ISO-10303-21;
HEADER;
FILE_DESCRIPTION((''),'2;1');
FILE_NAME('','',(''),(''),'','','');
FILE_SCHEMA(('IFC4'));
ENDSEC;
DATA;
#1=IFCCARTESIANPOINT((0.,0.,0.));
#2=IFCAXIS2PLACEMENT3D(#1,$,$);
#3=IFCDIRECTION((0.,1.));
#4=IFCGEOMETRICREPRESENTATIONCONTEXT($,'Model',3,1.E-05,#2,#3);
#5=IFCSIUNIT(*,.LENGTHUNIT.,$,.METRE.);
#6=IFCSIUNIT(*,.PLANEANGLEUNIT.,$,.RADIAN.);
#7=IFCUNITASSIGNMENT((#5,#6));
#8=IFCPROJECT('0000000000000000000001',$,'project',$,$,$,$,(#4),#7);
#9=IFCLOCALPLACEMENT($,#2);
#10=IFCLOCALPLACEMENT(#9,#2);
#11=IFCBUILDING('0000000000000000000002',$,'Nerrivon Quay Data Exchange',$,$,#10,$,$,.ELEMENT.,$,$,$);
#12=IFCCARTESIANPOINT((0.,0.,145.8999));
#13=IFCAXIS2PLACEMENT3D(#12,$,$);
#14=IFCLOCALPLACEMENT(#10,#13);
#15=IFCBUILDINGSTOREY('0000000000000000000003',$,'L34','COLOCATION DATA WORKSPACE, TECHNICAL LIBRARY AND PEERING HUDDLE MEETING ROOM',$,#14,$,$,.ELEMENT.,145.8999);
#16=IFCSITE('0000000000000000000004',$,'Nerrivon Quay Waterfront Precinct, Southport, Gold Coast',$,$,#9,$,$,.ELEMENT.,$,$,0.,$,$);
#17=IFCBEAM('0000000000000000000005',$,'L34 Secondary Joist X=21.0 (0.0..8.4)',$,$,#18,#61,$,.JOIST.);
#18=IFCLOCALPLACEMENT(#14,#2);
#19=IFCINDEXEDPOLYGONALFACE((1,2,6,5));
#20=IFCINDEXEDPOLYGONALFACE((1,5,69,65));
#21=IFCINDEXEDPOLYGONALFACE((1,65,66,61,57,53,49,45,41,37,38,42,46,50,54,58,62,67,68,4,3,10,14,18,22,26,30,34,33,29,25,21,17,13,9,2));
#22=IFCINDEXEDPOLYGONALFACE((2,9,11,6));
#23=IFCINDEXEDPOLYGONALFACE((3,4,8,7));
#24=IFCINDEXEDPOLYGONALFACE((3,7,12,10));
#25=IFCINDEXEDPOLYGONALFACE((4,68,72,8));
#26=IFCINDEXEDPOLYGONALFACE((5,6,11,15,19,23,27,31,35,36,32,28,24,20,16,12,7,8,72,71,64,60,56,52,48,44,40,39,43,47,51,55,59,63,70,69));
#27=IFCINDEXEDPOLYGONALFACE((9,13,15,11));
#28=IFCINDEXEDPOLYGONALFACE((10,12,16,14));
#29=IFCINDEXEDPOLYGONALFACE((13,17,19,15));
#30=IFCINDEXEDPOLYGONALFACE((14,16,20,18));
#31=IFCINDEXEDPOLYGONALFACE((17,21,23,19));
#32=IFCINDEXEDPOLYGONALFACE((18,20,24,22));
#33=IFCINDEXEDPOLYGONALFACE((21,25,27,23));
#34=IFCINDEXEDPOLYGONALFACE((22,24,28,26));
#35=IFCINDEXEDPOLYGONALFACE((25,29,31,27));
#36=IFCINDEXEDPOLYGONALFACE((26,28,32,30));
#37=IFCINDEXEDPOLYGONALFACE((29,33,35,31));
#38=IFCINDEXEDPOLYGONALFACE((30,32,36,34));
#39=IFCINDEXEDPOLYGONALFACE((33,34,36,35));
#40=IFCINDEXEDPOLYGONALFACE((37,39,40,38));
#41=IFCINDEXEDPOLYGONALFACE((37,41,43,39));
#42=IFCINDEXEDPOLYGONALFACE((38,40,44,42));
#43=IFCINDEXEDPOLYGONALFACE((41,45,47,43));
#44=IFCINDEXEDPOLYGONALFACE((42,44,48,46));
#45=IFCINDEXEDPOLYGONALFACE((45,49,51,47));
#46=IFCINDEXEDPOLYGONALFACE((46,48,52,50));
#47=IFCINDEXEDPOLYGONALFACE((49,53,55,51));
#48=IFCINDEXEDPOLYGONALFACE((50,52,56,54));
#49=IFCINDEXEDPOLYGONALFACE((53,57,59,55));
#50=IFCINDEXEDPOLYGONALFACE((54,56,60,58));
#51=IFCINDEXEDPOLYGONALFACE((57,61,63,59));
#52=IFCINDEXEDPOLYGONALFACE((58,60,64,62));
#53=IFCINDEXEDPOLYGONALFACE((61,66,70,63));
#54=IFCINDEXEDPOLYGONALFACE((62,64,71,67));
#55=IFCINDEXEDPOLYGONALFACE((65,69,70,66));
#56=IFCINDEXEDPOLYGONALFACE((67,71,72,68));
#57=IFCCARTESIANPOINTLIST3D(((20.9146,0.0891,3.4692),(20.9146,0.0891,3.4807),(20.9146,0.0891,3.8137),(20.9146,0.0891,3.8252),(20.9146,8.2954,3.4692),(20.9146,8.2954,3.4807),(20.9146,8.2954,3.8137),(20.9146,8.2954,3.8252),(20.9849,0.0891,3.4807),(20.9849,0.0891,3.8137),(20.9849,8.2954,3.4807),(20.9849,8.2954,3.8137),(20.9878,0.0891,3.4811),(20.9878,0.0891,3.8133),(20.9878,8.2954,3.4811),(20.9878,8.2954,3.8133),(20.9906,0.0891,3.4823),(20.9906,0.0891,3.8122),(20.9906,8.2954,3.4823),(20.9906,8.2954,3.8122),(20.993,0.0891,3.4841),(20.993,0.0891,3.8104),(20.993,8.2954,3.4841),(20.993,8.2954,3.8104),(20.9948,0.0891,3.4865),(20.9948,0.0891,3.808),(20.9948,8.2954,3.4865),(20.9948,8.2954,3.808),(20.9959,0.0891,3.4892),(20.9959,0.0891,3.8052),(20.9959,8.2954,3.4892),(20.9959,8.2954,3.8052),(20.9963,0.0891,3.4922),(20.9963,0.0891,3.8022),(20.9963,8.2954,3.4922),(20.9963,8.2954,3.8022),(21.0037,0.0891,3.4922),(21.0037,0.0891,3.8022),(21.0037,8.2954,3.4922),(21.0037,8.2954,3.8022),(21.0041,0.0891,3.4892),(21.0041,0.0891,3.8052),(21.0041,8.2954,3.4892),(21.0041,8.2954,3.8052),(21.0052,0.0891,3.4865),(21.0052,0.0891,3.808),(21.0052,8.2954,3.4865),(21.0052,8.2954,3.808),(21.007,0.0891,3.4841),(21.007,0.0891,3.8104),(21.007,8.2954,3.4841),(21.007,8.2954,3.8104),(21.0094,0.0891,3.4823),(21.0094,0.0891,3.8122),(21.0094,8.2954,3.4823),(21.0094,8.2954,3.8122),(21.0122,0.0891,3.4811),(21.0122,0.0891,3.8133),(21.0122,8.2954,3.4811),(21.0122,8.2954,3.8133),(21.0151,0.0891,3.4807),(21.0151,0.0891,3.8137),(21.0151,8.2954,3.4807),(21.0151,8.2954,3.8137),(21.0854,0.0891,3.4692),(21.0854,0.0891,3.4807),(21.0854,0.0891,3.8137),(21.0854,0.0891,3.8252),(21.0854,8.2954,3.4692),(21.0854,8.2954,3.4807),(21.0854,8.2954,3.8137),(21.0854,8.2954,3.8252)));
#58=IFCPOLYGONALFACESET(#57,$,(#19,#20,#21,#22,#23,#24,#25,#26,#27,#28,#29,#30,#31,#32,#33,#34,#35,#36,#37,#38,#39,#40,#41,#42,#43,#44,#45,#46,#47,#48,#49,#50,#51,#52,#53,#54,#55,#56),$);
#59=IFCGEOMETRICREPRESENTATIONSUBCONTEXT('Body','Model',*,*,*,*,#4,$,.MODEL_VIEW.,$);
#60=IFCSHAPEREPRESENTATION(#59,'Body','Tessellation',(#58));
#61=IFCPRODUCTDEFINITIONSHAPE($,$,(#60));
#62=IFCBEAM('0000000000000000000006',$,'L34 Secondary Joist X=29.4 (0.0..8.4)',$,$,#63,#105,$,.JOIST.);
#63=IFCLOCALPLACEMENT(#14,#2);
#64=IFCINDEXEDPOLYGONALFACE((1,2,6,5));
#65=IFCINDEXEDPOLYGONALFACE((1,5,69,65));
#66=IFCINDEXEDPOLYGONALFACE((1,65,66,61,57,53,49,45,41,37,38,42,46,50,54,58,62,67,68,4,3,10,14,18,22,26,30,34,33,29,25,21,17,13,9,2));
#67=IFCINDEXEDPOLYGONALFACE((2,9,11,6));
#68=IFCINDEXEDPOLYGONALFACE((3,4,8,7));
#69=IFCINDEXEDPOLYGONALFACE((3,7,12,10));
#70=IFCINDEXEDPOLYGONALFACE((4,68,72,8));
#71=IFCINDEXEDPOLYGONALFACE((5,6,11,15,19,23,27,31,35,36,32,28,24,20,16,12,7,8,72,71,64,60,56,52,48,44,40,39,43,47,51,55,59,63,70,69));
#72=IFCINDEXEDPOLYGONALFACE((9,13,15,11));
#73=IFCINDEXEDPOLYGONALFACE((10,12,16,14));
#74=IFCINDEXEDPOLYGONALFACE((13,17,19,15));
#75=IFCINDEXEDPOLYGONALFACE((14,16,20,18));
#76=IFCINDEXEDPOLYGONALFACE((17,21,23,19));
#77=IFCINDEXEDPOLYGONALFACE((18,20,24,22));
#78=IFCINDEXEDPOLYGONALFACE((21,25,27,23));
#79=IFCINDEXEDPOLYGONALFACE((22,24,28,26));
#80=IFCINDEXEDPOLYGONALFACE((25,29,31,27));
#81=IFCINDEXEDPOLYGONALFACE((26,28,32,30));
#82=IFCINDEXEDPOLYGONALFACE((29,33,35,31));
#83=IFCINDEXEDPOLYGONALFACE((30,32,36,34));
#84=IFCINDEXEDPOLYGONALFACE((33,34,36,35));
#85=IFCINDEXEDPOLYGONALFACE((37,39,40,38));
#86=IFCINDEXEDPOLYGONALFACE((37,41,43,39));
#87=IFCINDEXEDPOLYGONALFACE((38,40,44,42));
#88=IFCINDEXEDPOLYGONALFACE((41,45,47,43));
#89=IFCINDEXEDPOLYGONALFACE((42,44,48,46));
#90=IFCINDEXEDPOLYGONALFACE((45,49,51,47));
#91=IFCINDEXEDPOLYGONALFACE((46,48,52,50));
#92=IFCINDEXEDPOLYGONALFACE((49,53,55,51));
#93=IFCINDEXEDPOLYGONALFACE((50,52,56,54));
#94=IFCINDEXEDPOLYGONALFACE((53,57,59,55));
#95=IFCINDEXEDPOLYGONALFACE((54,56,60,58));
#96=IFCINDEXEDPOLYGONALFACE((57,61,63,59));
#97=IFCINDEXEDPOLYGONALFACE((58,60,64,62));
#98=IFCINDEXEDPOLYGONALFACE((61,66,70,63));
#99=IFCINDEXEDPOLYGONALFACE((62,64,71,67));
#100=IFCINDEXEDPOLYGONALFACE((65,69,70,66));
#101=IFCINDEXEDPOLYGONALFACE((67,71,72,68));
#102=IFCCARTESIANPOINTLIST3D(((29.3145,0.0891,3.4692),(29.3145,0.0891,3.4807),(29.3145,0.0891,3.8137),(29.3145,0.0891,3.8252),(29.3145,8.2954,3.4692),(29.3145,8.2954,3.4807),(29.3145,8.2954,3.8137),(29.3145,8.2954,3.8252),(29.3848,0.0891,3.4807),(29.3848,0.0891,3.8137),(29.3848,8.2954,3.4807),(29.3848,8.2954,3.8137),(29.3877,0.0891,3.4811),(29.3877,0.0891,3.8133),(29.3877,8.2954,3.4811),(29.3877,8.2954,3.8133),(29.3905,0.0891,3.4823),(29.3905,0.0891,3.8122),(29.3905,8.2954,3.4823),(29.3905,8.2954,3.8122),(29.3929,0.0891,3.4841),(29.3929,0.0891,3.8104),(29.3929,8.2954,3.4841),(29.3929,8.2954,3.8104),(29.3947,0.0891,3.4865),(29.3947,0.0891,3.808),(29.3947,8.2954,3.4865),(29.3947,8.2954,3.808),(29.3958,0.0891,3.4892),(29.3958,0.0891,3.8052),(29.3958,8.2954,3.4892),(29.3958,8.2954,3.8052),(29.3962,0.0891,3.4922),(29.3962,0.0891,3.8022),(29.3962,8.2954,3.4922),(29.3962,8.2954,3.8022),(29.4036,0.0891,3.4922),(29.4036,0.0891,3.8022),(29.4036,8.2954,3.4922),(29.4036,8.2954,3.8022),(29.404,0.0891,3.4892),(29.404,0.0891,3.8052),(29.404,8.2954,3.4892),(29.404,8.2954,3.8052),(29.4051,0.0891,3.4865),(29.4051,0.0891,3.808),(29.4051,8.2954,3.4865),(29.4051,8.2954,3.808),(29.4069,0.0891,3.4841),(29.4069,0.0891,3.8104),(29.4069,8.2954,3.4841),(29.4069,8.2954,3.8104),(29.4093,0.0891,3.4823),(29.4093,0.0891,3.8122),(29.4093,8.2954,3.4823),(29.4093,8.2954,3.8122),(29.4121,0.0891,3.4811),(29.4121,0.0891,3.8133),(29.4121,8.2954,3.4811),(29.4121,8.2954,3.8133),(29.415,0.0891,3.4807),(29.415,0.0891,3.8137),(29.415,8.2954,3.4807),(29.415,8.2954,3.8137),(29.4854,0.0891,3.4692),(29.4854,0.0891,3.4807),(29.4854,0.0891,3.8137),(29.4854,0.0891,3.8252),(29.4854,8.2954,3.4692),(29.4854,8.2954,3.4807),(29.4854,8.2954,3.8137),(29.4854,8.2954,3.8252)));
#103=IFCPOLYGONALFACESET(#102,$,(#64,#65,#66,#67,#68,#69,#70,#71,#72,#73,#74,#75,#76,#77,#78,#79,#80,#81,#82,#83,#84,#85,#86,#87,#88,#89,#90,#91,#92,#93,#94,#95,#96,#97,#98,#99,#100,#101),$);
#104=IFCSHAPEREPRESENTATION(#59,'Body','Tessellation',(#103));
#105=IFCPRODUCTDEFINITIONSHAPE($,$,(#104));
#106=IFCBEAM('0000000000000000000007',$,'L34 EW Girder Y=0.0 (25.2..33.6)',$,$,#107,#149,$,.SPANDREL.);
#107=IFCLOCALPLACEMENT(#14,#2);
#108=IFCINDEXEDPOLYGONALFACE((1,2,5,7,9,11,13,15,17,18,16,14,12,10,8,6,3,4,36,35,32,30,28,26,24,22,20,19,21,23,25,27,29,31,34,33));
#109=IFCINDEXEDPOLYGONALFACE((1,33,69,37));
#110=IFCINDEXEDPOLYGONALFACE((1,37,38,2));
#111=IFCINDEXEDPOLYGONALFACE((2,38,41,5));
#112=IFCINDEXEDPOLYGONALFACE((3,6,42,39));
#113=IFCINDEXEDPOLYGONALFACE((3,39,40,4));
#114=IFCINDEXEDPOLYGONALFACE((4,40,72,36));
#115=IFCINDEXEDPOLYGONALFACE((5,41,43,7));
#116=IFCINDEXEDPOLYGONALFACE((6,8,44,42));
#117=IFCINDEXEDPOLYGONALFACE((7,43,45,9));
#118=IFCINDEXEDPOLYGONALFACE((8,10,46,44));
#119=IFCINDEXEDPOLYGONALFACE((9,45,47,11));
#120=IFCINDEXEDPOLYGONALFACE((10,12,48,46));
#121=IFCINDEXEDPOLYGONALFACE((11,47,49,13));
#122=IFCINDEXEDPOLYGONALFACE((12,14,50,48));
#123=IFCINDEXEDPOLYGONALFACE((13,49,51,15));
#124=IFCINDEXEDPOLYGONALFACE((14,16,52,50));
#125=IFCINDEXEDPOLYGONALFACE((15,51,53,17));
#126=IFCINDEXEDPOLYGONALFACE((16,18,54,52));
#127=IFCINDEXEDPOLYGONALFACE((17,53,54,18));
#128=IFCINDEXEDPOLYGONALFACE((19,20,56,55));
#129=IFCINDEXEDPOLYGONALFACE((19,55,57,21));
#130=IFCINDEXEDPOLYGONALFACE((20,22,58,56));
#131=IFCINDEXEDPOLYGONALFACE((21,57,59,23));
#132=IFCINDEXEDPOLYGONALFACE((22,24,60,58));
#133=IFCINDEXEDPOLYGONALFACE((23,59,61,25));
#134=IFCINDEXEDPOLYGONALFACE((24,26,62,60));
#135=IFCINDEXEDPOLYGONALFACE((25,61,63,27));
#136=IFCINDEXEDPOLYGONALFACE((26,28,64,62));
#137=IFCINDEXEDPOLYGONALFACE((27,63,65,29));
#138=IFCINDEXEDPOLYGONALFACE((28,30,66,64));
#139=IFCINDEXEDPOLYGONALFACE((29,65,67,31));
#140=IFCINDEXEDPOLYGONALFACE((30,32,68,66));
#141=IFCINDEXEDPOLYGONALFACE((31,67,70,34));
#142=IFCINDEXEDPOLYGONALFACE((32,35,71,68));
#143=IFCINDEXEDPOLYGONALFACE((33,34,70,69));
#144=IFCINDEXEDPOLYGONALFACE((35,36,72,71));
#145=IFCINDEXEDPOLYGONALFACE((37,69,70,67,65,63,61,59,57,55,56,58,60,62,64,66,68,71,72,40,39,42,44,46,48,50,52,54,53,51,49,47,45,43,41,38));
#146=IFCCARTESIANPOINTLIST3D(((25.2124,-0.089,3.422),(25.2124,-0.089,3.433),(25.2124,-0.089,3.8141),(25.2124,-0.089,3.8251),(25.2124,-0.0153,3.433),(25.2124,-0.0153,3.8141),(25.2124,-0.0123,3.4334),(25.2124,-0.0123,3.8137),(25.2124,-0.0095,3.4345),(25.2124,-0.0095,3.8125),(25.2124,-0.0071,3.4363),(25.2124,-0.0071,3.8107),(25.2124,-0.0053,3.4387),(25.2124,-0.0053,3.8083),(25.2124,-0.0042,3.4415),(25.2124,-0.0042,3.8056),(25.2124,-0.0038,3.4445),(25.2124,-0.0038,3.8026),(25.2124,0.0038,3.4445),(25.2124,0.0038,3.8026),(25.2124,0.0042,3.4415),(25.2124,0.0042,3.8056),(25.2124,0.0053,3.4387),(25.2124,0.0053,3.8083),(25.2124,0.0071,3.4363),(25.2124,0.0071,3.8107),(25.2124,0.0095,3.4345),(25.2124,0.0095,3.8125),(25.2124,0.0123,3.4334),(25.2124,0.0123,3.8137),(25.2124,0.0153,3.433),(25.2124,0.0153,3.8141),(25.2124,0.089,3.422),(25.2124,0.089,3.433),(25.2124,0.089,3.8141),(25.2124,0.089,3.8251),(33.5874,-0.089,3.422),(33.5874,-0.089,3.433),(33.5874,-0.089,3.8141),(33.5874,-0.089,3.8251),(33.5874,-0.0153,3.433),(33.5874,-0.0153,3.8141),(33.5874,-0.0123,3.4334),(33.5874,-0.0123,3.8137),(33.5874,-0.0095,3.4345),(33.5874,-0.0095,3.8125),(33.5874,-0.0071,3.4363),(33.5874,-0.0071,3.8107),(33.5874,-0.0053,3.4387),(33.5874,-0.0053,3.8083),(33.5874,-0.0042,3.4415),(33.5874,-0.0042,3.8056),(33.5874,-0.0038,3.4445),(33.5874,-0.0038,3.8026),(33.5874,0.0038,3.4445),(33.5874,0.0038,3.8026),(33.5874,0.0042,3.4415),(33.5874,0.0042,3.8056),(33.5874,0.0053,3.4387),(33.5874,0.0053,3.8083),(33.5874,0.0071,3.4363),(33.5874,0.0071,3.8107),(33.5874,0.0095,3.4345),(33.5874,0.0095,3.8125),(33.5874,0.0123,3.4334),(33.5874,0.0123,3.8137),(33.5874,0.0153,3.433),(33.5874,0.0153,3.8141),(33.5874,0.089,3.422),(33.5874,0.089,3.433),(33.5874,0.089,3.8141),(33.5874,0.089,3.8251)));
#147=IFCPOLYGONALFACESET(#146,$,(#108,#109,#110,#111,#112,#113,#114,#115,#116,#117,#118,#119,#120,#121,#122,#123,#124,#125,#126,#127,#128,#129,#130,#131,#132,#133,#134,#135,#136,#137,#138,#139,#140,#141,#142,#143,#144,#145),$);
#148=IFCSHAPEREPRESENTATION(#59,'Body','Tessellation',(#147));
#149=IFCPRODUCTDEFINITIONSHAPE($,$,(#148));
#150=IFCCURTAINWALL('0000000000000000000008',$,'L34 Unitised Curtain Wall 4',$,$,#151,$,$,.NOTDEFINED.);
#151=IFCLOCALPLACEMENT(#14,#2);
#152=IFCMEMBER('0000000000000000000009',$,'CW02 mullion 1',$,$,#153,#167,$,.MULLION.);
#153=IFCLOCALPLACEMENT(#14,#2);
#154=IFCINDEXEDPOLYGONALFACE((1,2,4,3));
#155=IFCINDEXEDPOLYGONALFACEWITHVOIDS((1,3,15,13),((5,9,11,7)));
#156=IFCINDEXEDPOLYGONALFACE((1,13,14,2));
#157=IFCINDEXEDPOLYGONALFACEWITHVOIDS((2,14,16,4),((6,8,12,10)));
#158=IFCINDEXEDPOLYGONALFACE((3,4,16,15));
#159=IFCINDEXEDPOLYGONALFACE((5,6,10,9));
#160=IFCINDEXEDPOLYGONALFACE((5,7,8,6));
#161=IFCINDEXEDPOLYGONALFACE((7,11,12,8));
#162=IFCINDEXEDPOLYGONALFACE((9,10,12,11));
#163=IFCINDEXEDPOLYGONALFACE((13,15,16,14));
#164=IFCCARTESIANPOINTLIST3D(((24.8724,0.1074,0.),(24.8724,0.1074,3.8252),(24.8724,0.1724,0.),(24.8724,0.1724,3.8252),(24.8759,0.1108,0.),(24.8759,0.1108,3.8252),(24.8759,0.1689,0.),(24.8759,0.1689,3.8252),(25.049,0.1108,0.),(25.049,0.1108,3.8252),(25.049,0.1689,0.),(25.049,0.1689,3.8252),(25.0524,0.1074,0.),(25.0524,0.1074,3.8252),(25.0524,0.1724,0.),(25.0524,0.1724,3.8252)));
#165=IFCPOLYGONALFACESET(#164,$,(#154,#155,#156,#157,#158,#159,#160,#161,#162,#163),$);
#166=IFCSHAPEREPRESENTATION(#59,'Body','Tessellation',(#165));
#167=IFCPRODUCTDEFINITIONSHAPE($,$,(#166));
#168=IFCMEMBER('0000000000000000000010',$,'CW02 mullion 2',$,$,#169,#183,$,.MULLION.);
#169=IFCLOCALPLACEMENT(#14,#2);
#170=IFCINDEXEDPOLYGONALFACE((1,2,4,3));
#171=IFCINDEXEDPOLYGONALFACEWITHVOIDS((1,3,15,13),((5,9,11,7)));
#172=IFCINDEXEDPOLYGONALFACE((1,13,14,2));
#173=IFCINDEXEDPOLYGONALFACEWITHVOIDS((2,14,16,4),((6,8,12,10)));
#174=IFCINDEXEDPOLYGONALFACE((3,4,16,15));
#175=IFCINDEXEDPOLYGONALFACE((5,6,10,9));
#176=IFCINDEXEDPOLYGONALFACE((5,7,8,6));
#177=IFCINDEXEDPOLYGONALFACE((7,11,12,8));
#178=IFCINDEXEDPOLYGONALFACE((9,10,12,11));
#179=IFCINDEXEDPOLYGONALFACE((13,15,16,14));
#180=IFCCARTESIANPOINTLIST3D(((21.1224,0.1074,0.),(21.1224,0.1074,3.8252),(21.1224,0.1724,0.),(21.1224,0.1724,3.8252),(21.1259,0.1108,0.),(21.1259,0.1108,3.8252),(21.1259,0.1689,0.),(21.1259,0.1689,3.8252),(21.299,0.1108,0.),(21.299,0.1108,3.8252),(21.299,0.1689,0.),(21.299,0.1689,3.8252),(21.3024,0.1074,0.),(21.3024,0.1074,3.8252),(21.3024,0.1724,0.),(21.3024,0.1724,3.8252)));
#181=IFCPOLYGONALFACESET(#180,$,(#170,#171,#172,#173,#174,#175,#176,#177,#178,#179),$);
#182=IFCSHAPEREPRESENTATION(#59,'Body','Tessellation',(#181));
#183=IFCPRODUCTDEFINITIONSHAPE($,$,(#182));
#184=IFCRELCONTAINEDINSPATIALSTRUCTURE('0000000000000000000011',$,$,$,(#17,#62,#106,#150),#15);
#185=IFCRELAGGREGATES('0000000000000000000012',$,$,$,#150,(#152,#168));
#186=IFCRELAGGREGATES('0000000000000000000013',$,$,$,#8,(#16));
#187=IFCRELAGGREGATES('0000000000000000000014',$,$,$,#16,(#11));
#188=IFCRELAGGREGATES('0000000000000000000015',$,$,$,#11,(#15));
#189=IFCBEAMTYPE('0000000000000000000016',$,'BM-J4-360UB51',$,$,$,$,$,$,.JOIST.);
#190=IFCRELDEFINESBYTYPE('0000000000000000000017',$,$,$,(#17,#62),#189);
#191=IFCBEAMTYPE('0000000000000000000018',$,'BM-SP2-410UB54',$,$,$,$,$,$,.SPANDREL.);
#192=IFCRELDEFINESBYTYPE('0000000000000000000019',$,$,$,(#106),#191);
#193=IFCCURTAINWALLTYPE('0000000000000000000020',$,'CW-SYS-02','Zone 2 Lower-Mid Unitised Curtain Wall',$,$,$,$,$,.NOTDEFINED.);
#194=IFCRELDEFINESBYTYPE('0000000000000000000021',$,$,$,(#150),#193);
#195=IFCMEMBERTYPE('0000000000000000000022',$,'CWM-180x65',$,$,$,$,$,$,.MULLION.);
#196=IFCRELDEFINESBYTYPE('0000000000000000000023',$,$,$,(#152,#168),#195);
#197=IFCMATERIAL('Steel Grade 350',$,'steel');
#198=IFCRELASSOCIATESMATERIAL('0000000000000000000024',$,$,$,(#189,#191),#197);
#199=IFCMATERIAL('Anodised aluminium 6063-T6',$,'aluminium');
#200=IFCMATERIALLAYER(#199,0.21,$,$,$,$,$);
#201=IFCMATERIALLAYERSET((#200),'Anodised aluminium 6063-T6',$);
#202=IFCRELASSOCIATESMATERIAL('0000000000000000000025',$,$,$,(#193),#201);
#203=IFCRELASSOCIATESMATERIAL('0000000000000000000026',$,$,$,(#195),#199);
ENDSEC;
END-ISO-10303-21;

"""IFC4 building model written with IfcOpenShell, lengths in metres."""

from ifc_helpers import new_model, si_unit, direction, frame, origin, origin_2d, place, context, subcontext, project, spatial, hollow_rectangle, i_section, extrude, material, layer, layer_set, material_profile, profile_set, type_object, element, aggregate, save


model = new_model("IFC4")

# Units and contexts
model_context = context("Model", 3, precision=1e-05, world=origin(), true_north=direction((0.0, 1.0)))
body_context = subcontext(model_context, "Body", "Model", "MODEL_VIEW")
ifc_project = project(units=[si_unit("LENGTHUNIT", "METRE"), si_unit("PLANEANGLEUNIT", "RADIAN")], contexts=[model_context])

# Site, building, storey
site_placement = place(None, origin())
site = spatial("IfcSite", under=ifc_project, at=site_placement, Name="Nerrivon Quay Waterfront Precinct, Southport, Gold Coast", CompositionType="ELEMENT", RefElevation=0.0)
building_placement = place(site_placement, origin())
building = spatial("IfcBuilding", under=site, at=building_placement, Name="Nerrivon Quay Data Exchange", CompositionType="ELEMENT")
storey_placement = place(building_placement, frame((0.0, 0.0, 145.8999)))
storey = spatial("IfcBuildingStorey", under=building, at=storey_placement, Name="L34", Description="COLOCATION DATA WORKSPACE, TECHNICAL LIBRARY AND PEERING HUDDLE MEETING ROOM", CompositionType="ELEMENT", Elevation=145.8999)

# Shared definitions
ifc_material_1 = material(Name="Steel Grade 350", Category="steel")

# Beams
ifc_material_profile_1 = material_profile(ifc_material_1, i_section(OverallWidth=0.1709, OverallDepth=0.356, WebThickness=0.0073, FlangeThickness=0.0115, FilletRadius=0.0115, at=origin_2d()), Name="360UB50.7")
ifc_profile_set_1 = profile_set([ifc_material_profile_1], Name="Steel Grade 350")
beam_type_1 = type_object("IfcBeamType", Name="BM-J4-360UB51", PredefinedType="JOIST", material=ifc_profile_set_1)
for number, where, z_axis, x_axis, name in (
    (1, (21.0, 0.0891, 3.6472), (0.0, 1.0, 0.0), (-1.0, 0.0, 0.0), "L34 Secondary Joist X=21.0 (0.0..8.4)"),
    (2, (29.3999, 0.0891, 3.6472), (0.0, 1.0, 0.0), (-1.0, 0.0, 0.0), "L34 Secondary Joist X=29.4 (0.0..8.4)"),
):
    element("IfcBeam", number, at=place(storey_placement, frame(where, z_axis=z_axis, x_axis=x_axis)), inside=storey, type_object=beam_type_1, Name=name, PredefinedType="JOIST", context=body_context, shape_type="SweptSolid", body=[
        extrude(i_section(OverallWidth=0.1709, OverallDepth=0.356, WebThickness=0.0073, FlangeThickness=0.0115, FilletRadius=0.0115, at=origin_2d()), origin(), (0.0, 0.0, 1.0), 8.2063),
    ])
ifc_material_profile_2 = material_profile(ifc_material_1, i_section(OverallWidth=0.178, OverallDepth=0.4031, WebThickness=0.0076, FlangeThickness=0.011, FilletRadius=0.0115, at=origin_2d()), Name="410UB53.7")
ifc_profile_set_2 = profile_set([ifc_material_profile_2], Name="Steel Grade 350")
beam_type_2 = type_object("IfcBeamType", Name="BM-SP2-410UB54", PredefinedType="SPANDREL", material=ifc_profile_set_2)
beam_1_placement = place(storey_placement, frame((25.2124, 0.0, 3.6235), z_axis=(1.0, 0.0, 0.0), x_axis=(0.0, 1.0, 0.0)))
element("IfcBeam", 3, at=beam_1_placement, inside=storey, type_object=beam_type_2, Name="L34 EW Girder Y=0.0 (25.2..33.6)", PredefinedType="SPANDREL", context=body_context, shape_type="SweptSolid", body=[
    extrude(i_section(OverallWidth=0.178, OverallDepth=0.4031, WebThickness=0.0076, FlangeThickness=0.011, FilletRadius=0.0115, at=origin_2d()), origin(), (0.0, 0.0, 1.0), 8.375),
])

# Curtain wall, members
ifc_material_2 = material(Name="Anodised aluminium 6063-T6", Category="aluminium")
ifc_layer_1 = layer(ifc_material_2, 0.21)
ifc_layer_set_1 = layer_set([ifc_layer_1], Name="Anodised aluminium 6063-T6")
curtain_wall_type = type_object("IfcCurtainWallType", Name="CW-SYS-02", Description="Zone 2 Lower-Mid Unitised Curtain Wall", PredefinedType="NOTDEFINED", material=ifc_layer_set_1)
curtain_wall_placement = place(storey_placement, origin())
curtain_wall = element("IfcCurtainWall", 4, at=curtain_wall_placement, inside=storey, type_object=curtain_wall_type, Name="L34 Unitised Curtain Wall 4", PredefinedType="NOTDEFINED")
ifc_material_profile_3 = material_profile(ifc_material_2, hollow_rectangle(XDim=0.0649, YDim=0.1799, WallThickness=0.0034, at=origin_2d()), Name="ALU-MULL-180x65")
ifc_profile_set_3 = profile_set([ifc_material_profile_3], Name="Anodised aluminium 6063-T6")
member_type_1 = type_object("IfcMemberType", Name="CWM-180x65", PredefinedType="MULLION", material=ifc_profile_set_3)
member_1_placement = place(storey_placement, frame((24.9624, 0.1399, 0.0), z_axis=(0.0, 0.0, 1.0), x_axis=(0.0, -1.0, 0.0)))
member_1 = element("IfcMember", 5, at=member_1_placement, type_object=member_type_1, Name="CW02 mullion 1", PredefinedType="MULLION", context=body_context, shape_type="SweptSolid", body=[
    extrude(hollow_rectangle(XDim=0.0649, YDim=0.1799, WallThickness=0.0034, at=origin_2d()), origin(), (0.0, 0.0, 1.0), 3.8252),
])
member_2_placement = place(storey_placement, frame((21.2124, 0.1399, 0.0), z_axis=(0.0, 0.0, 1.0), x_axis=(0.0, -1.0, 0.0)))
member_2 = element("IfcMember", 6, at=member_2_placement, type_object=member_type_1, Name="CW02 mullion 2", PredefinedType="MULLION", context=body_context, shape_type="SweptSolid", body=[
    extrude(hollow_rectangle(XDim=0.0649, YDim=0.1799, WallThickness=0.0034, at=origin_2d()), origin(), (0.0, 0.0, 1.0), 3.8252),
])
aggregate(curtain_wall, [member_1, member_2])

save(model, "model.ifc")
